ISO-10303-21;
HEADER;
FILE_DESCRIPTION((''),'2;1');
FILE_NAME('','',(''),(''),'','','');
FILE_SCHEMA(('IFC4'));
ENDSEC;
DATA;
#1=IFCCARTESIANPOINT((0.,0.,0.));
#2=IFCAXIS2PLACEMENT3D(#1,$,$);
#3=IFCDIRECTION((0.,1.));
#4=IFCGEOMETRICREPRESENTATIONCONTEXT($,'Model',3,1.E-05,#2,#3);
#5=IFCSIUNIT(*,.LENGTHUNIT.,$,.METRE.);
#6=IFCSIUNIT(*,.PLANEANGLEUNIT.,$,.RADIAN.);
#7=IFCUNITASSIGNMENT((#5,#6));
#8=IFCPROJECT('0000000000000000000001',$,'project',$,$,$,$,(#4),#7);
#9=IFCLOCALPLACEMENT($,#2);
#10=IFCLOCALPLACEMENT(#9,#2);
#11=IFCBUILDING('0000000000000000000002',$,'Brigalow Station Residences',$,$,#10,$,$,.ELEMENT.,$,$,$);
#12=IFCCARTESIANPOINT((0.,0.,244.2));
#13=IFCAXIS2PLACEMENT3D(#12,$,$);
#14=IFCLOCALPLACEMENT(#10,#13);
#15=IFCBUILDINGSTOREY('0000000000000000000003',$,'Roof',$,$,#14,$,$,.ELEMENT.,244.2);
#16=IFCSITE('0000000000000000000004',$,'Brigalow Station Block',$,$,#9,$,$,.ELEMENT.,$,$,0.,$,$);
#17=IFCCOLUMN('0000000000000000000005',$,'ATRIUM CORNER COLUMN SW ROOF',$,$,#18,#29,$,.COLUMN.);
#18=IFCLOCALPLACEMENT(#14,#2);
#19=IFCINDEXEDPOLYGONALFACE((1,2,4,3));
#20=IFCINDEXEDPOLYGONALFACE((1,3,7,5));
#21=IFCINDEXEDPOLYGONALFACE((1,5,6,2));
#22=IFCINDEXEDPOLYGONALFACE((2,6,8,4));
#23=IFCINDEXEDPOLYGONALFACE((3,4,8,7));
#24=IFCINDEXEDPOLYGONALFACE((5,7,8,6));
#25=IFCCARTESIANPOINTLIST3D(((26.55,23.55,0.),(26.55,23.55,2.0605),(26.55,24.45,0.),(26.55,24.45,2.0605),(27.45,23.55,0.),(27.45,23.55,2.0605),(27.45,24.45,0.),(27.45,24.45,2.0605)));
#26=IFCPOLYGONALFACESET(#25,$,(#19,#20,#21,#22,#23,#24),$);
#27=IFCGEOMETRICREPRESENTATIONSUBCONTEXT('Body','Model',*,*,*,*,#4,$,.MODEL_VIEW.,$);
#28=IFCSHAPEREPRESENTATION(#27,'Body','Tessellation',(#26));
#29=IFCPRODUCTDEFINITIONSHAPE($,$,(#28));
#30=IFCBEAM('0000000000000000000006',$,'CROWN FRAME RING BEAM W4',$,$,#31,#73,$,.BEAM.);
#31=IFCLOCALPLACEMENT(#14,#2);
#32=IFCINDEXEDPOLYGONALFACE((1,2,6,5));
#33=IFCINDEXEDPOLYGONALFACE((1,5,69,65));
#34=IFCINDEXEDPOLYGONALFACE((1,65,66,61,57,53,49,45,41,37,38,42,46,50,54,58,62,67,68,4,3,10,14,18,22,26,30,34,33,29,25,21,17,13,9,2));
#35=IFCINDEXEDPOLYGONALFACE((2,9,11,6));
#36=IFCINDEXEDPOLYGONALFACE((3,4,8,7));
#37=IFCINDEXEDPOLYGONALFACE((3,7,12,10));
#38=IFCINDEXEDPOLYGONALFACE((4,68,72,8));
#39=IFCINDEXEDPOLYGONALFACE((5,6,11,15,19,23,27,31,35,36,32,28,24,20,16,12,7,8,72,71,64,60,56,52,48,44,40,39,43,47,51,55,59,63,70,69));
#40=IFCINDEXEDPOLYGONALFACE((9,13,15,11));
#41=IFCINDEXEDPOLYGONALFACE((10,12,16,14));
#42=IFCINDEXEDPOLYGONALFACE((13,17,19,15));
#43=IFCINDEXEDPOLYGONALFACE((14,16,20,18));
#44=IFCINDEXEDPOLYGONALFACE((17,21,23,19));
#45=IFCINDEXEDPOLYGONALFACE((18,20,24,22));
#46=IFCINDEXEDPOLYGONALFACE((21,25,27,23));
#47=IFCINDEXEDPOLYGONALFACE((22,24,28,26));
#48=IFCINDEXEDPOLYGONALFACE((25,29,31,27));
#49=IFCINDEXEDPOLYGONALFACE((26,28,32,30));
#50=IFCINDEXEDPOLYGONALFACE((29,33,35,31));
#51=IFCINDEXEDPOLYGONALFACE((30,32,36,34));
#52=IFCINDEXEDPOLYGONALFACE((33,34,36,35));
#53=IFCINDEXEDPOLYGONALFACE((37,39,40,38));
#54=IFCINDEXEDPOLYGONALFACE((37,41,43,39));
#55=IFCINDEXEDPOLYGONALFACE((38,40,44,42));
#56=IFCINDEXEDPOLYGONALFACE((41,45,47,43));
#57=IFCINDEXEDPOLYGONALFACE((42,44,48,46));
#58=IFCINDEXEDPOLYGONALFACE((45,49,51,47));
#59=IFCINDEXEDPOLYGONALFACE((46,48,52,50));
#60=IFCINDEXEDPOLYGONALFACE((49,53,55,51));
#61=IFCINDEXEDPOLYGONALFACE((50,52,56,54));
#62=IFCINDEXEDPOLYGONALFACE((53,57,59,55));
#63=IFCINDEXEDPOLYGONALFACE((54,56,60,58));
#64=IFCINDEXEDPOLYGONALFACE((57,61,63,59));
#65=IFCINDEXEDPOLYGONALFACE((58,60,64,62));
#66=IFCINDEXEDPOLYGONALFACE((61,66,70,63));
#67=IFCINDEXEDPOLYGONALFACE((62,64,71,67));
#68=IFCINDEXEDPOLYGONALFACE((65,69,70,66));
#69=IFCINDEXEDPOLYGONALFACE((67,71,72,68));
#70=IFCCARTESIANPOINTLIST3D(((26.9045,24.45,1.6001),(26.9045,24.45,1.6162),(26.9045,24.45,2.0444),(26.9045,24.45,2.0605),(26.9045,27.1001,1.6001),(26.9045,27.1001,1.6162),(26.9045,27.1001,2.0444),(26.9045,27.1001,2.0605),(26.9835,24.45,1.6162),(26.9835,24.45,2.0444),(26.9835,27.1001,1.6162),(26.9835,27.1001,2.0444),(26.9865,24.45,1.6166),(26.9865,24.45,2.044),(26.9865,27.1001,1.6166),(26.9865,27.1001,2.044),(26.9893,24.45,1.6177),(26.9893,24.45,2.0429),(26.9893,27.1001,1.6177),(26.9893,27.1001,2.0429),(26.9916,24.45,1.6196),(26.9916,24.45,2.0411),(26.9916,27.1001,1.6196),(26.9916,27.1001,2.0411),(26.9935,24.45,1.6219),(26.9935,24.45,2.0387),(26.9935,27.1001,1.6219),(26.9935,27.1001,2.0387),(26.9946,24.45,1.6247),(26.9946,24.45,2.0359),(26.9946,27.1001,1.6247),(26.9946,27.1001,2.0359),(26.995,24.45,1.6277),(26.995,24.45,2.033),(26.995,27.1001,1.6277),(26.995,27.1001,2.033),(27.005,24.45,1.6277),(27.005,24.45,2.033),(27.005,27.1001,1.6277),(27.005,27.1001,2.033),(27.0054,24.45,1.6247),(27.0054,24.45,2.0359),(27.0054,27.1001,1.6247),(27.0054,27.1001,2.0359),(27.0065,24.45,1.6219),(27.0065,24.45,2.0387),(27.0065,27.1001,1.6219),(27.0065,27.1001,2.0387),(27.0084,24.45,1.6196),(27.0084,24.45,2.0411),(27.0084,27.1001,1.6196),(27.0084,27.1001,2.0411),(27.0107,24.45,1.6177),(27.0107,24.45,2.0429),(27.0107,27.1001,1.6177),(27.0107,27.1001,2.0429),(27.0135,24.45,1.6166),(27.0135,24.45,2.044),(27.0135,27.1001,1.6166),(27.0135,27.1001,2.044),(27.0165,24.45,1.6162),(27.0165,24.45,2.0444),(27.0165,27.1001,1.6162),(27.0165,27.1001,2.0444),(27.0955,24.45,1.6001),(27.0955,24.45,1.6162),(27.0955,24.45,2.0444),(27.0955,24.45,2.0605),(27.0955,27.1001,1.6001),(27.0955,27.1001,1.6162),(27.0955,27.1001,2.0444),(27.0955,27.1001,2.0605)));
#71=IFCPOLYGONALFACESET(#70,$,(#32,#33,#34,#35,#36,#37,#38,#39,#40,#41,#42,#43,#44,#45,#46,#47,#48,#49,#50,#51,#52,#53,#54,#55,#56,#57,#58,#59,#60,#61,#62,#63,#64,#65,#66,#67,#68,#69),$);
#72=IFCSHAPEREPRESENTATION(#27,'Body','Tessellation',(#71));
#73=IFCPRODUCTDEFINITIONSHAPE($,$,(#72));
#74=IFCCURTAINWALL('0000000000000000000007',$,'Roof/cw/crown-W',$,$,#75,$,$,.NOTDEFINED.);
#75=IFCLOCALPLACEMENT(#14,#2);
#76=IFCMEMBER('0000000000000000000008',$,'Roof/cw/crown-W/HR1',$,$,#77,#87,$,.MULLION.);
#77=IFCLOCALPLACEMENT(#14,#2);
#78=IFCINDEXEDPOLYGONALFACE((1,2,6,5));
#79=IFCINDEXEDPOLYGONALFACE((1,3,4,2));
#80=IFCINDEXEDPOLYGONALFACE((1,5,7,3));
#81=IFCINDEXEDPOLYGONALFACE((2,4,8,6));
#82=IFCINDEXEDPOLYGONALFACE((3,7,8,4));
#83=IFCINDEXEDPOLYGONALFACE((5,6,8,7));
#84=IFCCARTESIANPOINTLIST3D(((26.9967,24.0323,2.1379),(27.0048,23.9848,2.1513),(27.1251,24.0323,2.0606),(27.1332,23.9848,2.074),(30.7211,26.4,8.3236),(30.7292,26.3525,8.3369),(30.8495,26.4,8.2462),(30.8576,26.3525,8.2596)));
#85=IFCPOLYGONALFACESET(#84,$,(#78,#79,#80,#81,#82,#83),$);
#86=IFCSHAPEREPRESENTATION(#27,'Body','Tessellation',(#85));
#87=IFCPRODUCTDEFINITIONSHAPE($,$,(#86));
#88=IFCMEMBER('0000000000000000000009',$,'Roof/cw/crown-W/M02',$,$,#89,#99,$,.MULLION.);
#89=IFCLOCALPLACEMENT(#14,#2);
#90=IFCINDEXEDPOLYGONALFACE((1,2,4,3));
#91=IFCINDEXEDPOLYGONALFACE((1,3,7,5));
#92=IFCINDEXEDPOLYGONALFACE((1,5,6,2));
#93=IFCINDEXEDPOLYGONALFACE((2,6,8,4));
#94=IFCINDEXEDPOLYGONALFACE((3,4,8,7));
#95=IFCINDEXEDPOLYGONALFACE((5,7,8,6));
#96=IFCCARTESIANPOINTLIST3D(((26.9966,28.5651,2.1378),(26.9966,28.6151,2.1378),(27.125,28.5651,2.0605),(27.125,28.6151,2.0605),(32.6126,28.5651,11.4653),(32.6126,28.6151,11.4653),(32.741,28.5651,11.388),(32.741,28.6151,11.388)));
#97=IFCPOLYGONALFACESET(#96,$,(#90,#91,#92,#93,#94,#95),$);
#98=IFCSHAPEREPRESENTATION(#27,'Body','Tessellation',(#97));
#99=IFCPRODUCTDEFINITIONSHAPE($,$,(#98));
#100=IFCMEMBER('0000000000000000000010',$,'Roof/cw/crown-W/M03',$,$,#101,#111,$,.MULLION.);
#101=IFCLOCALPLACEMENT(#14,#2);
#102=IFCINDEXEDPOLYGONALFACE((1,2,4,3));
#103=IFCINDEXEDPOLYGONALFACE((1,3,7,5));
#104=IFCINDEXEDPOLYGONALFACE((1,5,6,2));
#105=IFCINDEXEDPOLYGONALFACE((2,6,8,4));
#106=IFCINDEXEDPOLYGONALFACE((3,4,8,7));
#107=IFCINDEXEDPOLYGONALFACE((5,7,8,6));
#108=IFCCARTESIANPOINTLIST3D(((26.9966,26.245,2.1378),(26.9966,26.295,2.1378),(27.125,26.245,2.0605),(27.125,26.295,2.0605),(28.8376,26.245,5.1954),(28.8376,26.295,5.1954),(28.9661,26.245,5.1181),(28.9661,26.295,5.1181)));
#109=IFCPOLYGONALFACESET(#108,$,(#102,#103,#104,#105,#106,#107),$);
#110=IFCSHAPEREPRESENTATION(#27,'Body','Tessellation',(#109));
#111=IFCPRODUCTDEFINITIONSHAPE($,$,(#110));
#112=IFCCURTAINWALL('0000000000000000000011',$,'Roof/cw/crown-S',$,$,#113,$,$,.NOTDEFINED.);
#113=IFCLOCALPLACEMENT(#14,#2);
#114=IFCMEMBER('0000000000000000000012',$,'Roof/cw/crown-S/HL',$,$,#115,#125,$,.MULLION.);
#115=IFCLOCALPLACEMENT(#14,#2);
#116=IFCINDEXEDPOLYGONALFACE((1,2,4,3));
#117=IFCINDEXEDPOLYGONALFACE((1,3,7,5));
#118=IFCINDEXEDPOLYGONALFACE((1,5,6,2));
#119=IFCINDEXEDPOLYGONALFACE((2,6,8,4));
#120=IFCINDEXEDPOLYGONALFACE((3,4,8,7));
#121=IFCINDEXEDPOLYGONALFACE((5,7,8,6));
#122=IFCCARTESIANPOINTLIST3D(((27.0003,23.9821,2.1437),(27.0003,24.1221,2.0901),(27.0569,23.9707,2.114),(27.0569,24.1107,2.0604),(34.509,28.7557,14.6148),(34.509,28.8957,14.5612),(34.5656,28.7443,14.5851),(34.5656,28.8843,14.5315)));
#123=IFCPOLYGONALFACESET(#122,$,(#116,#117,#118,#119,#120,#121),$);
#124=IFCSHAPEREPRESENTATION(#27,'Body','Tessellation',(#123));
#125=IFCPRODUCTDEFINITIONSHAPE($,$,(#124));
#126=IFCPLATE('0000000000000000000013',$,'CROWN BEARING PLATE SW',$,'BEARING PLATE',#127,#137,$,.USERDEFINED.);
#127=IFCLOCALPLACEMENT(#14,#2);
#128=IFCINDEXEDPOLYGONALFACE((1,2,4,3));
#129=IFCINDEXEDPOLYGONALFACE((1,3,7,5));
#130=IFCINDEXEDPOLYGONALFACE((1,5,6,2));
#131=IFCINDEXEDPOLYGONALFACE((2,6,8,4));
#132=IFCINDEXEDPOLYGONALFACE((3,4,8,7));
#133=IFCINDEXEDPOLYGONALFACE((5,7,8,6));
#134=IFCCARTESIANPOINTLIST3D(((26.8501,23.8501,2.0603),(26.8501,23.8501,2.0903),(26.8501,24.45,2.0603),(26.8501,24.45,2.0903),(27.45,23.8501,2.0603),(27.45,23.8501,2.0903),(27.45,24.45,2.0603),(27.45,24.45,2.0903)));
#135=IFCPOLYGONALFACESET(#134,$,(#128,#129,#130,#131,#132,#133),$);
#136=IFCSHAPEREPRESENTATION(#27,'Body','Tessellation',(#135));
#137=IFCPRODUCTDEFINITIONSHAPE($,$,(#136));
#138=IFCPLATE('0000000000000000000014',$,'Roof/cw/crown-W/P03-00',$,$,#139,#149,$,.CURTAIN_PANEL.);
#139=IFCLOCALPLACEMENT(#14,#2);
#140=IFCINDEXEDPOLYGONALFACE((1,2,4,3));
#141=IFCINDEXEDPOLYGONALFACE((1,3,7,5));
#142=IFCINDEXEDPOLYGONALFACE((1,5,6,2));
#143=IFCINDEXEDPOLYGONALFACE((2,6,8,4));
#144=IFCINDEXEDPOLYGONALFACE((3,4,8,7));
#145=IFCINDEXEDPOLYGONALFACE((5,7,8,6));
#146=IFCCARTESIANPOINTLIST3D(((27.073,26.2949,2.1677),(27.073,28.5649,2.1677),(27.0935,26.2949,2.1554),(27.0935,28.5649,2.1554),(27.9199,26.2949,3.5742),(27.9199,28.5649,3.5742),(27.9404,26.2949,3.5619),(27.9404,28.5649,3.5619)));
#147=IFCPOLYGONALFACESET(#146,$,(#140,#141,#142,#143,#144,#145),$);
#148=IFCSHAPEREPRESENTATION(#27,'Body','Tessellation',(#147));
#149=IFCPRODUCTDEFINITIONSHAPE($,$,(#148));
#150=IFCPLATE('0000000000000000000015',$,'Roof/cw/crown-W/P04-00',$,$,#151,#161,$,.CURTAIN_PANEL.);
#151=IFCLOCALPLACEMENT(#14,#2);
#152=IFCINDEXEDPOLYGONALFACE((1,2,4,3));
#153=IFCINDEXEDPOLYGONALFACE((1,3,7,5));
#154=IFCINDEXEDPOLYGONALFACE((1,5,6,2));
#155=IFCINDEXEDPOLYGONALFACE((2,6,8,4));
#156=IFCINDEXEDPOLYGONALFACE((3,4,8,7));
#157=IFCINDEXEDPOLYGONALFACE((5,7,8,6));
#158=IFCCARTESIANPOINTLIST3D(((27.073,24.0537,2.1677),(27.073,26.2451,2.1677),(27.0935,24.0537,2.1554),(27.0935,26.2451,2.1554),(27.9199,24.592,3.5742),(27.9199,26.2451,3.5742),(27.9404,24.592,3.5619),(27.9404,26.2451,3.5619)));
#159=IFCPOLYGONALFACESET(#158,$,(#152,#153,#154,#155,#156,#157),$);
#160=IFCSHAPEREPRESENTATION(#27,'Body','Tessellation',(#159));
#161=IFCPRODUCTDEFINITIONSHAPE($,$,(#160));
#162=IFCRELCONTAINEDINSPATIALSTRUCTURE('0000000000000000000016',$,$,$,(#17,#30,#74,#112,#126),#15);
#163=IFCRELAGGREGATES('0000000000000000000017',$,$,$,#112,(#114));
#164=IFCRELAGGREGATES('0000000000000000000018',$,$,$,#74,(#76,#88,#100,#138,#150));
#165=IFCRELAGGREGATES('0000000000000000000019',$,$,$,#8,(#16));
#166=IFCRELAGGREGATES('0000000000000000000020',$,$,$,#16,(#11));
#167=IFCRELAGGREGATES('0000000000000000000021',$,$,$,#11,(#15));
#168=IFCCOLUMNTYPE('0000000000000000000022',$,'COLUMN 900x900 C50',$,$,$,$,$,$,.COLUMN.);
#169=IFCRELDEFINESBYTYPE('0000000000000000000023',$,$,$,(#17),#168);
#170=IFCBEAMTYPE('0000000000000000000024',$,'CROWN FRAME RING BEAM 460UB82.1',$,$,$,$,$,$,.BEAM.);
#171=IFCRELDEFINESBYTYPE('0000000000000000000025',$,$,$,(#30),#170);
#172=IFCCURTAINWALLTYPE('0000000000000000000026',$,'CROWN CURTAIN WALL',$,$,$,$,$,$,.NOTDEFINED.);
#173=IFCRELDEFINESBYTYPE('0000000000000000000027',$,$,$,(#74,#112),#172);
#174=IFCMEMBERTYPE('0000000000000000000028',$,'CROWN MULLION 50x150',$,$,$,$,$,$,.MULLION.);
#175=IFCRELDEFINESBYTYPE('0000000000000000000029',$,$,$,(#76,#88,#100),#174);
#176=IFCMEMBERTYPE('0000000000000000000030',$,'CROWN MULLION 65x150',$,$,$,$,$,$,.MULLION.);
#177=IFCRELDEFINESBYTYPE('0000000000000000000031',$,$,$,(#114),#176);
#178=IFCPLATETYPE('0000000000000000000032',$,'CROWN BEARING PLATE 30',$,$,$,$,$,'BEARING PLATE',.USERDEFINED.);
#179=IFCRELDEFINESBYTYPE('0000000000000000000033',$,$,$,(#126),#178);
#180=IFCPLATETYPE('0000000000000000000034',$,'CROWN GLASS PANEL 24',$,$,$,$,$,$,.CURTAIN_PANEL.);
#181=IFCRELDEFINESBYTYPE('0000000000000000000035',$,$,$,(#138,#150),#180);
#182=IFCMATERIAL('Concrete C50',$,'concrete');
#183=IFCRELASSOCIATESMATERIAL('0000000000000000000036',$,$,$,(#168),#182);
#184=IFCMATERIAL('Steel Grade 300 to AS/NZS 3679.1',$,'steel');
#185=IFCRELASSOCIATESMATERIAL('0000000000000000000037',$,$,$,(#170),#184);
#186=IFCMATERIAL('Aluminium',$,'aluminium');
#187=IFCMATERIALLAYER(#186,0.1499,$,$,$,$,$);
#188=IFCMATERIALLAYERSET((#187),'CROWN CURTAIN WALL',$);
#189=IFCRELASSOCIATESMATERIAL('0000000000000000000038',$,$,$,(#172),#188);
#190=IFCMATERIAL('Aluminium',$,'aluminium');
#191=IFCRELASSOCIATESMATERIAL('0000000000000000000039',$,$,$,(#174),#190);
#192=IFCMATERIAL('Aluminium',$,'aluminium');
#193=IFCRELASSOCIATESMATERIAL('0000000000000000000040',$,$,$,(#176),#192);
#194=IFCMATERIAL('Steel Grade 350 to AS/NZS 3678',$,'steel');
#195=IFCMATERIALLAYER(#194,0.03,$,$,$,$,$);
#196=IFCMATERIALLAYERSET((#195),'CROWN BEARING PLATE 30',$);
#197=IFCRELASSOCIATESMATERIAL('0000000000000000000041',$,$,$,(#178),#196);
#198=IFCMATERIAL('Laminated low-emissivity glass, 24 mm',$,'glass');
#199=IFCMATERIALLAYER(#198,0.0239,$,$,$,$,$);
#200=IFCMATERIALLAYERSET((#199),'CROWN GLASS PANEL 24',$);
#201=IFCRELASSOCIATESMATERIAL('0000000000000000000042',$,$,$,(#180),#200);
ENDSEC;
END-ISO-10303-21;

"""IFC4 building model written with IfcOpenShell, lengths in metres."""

from ifc_helpers import new_model, si_unit, direction, frame, origin, origin_2d, place, context, subcontext, project, spatial, polyline, rectangle, i_section, outline, extrude, material, layer, layer_set, material_profile, profile_set, type_object, element, aggregate, save


model = new_model("IFC4")

# Units and contexts
model_context = context("Model", 3, precision=1e-05, world=origin(), true_north=direction((0.0, 1.0)))
body_context = subcontext(model_context, "Body", "Model", "MODEL_VIEW")
ifc_project = project(units=[si_unit("LENGTHUNIT", "METRE"), si_unit("PLANEANGLEUNIT", "RADIAN")], contexts=[model_context])

# Site, building, storey
site_placement = place(None, origin())
site = spatial("IfcSite", under=ifc_project, at=site_placement, Name="Brigalow Station Block", CompositionType="ELEMENT", RefElevation=0.0)
building_placement = place(site_placement, origin())
building = spatial("IfcBuilding", under=site, at=building_placement, Name="Brigalow Station Residences", CompositionType="ELEMENT")
storey_placement = place(building_placement, frame((0.0, 0.0, 244.2)))
storey = spatial("IfcBuildingStorey", under=building, at=storey_placement, Name="Roof", CompositionType="ELEMENT", Elevation=244.2)

# Column
ifc_material_1 = material(Name="Concrete C50", Category="concrete")
ifc_material_profile_1 = material_profile(ifc_material_1, rectangle(XDim=0.8999, YDim=0.8999, at=origin_2d()), Name="RC900x900")
ifc_profile_set_1 = profile_set([ifc_material_profile_1], Name="Concrete C50")
column_type = type_object("IfcColumnType", Name="COLUMN 900x900 C50", PredefinedType="COLUMN", material=ifc_profile_set_1)
column_placement = place(storey_placement, frame((27.0, 24.0, 0.0), z_axis=(0.0, 0.0, 1.0), x_axis=(1.0, 0.0, 0.0)))
element("IfcColumn", 1, at=column_placement, inside=storey, type_object=column_type, Name="ATRIUM CORNER COLUMN SW ROOF", PredefinedType="COLUMN", context=body_context, shape_type="SweptSolid", body=[
    extrude(rectangle(XDim=0.8999, YDim=0.8999, at=origin_2d()), origin(), (0.0, 0.0, 1.0), 2.0605),
])

# Beam
ifc_material_2 = material(Name="Steel Grade 300 to AS/NZS 3679.1", Category="steel")
ifc_material_profile_2 = material_profile(ifc_material_2, i_section(OverallWidth=0.1909, OverallDepth=0.4604, WebThickness=0.01, FlangeThickness=0.0161, FilletRadius=0.0115, at=origin_2d()), Name="460UB82.1")
ifc_profile_set_2 = profile_set([ifc_material_profile_2], Name="Steel Grade 300 to AS/NZS 3679.1")
beam_type = type_object("IfcBeamType", Name="CROWN FRAME RING BEAM 460UB82.1", PredefinedType="BEAM", material=ifc_profile_set_2)
beam_placement = place(storey_placement, frame((27.0, 27.1001, 1.8303), z_axis=(0.0, -1.0, 0.0), x_axis=(1.0, 0.0, 0.0)))
element("IfcBeam", 2, at=beam_placement, inside=storey, type_object=beam_type, Name="CROWN FRAME RING BEAM W4", PredefinedType="BEAM", context=body_context, shape_type="SweptSolid", body=[
    extrude(i_section(OverallWidth=0.1909, OverallDepth=0.4604, WebThickness=0.01, FlangeThickness=0.0161, FilletRadius=0.0115, at=origin_2d()), origin(), (0.0, 0.0, 1.0), 2.6501),
])

# Curtain wall, members
ifc_material_3 = material(Name="Aluminium", Category="aluminium")
ifc_layer_1 = layer(ifc_material_3, 0.1499)
ifc_layer_set_1 = layer_set([ifc_layer_1], Name="CROWN CURTAIN WALL")
curtain_wall_type = type_object("IfcCurtainWallType", Name="CROWN CURTAIN WALL", PredefinedType="NOTDEFINED", material=ifc_layer_set_1)
curtain_wall_1_placement = place(storey_placement, origin())
curtain_wall_1 = element("IfcCurtainWall", 3, at=curtain_wall_1_placement, inside=storey, type_object=curtain_wall_type, Name="Roof/cw/crown-W", PredefinedType="NOTDEFINED")
ifc_material_4 = material(Name="Aluminium", Category="aluminium")
ifc_material_profile_3 = material_profile(ifc_material_4, rectangle(XDim=0.05, YDim=0.1499, at=origin_2d()), Name="CROWN MULLION 50x150")
ifc_profile_set_3 = profile_set([ifc_material_profile_3], Name="Aluminium")
member_type_1 = type_object("IfcMemberType", Name="CROWN MULLION 50x150", PredefinedType="MULLION", material=ifc_profile_set_3)
member_1_placement = place(storey_placement, frame((27.0649, 24.0085, 2.106), z_axis=(0.490142, 0.311596, 0.814044), x_axis=(-0.160707, 0.950215, -0.266956)))
member_1 = element("IfcMember", 4, at=member_1_placement, type_object=member_type_1, Name="Roof/cw/crown-W/HR1", PredefinedType="MULLION", context=body_context, shape_type="SweptSolid", body=[
    extrude(rectangle(XDim=0.05, YDim=0.1499, at=origin_2d()), origin(), (0.0, 0.0, 1.0), 7.5986),
])
member_2_placement = place(storey_placement, frame((27.0608, 28.5901, 2.0991), z_axis=(0.515814, 0.0, 0.8567), x_axis=(0.0, 1.0, 0.0)))
member_2 = element("IfcMember", 5, at=member_2_placement, type_object=member_type_1, Name="Roof/cw/crown-W/M02", PredefinedType="MULLION", context=body_context, shape_type="SweptSolid", body=[
    extrude(rectangle(XDim=0.05, YDim=0.1499, at=origin_2d()), origin(), (0.0, 0.0, 1.0), 10.8877),
])
member_3_placement = place(storey_placement, frame((27.0608, 26.27, 2.0991), z_axis=(0.515833, 0.0, 0.856689), x_axis=(0.0, 1.0, 0.0)))
member_3 = element("IfcMember", 6, at=member_3_placement, type_object=member_type_1, Name="Roof/cw/crown-W/M03", PredefinedType="MULLION", context=body_context, shape_type="SweptSolid", body=[
    extrude(rectangle(XDim=0.05, YDim=0.1499, at=origin_2d()), origin(), (0.0, 0.0, 1.0), 3.5691),
])

# Curtain wall, member
curtain_wall_2_placement = place(storey_placement, origin())
curtain_wall_2 = element("IfcCurtainWall", 7, at=curtain_wall_2_placement, inside=storey, type_object=curtain_wall_type, Name="Roof/cw/crown-S", PredefinedType="NOTDEFINED")
ifc_material_5 = material(Name="Aluminium", Category="aluminium")
ifc_material_profile_4 = material_profile(ifc_material_5, rectangle(XDim=0.0649, YDim=0.1499, at=origin_2d()), Name="CROWN MULLION 65x150")
ifc_profile_set_4 = profile_set([ifc_material_profile_4], Name="Aluminium")
member_type_2 = type_object("IfcMemberType", Name="CROWN MULLION 65x150", PredefinedType="MULLION", material=ifc_profile_set_4)
member_4_placement = place(storey_placement, frame((27.0286, 24.0464, 2.1021), z_axis=(0.490132, 0.311599, 0.81405), x_axis=(-0.871648, 0.175226, 0.457739)))
member_4 = element("IfcMember", 8, at=member_4_placement, type_object=member_type_2, Name="Roof/cw/crown-S/HL", PredefinedType="MULLION", context=body_context, shape_type="SweptSolid", body=[
    extrude(rectangle(XDim=0.0649, YDim=0.1499, at=origin_2d()), origin(), (0.0, 0.0, 1.0), 15.3198),
])
aggregate(curtain_wall_2, [member_4])

# Plates
ifc_material_6 = material(Name="Steel Grade 350 to AS/NZS 3678", Category="steel")
ifc_layer_2 = layer(ifc_material_6, 0.03)
ifc_layer_set_2 = layer_set([ifc_layer_2], Name="CROWN BEARING PLATE 30")
plate_type_1 = type_object("IfcPlateType", Name="CROWN BEARING PLATE 30", ElementType="BEARING PLATE", PredefinedType="USERDEFINED", material=ifc_layer_set_2)
plate_1_placement = place(storey_placement, frame((26.8501, 23.8501, 2.0903), z_axis=(0.0, 0.0, 1.0), x_axis=(1.0, 0.0, 0.0)))
element("IfcPlate", 9, at=plate_1_placement, inside=storey, type_object=plate_type_1, Name="CROWN BEARING PLATE SW", ObjectType="BEARING PLATE", PredefinedType="USERDEFINED", context=body_context, shape_type="SweptSolid", body=[
    extrude(outline(polyline([(0.0, 0.0), (0.5999, 0.0), (0.5999, 0.5999), (0.0, 0.5999), (0.0, 0.0)])), origin(), (0.0, 0.0, -1.0), 0.03),
])
ifc_material_7 = material(Name="Laminated low-emissivity glass, 24 mm", Category="glass")
ifc_layer_3 = layer(ifc_material_7, 0.0239)
ifc_layer_set_3 = layer_set([ifc_layer_3], Name="CROWN GLASS PANEL 24")
plate_type_2 = type_object("IfcPlateType", Name="CROWN GLASS PANEL 24", PredefinedType="CURTAIN_PANEL", material=ifc_layer_set_3)
plate_2_placement = place(storey_placement, frame((27.073, 28.5649, 2.1677), z_axis=(-0.856678, 0.0, 0.515851), x_axis=(0.0, -1.0, 0.0)))
plate_2 = element("IfcPlate", 10, at=plate_2_placement, type_object=plate_type_2, Name="Roof/cw/crown-W/P03-00", PredefinedType="CURTAIN_PANEL", context=body_context, shape_type="SweptSolid", body=[
    extrude(outline(polyline([(0.0, 0.0), (2.27, 0.0), (2.27, 1.6418), (0.0, 1.6418), (0.0, 0.0)])), origin(), (0.0, 0.0, -1.0), 0.0239),
])
plate_3_placement = place(storey_placement, frame((27.073, 26.2451, 2.1677), z_axis=(-0.856678, 0.0, 0.515851), x_axis=(0.0, -1.0, 0.0)))
plate_3 = element("IfcPlate", 11, at=plate_3_placement, type_object=plate_type_2, Name="Roof/cw/crown-W/P04-00", PredefinedType="CURTAIN_PANEL", context=body_context, shape_type="SweptSolid", body=[
    extrude(outline(polyline([(0.0, 0.0), (2.1914, 0.0), (1.6531, 1.6418), (0.0, 1.6418), (0.0, 0.0)])), origin(), (0.0, 0.0, -1.0), 0.0239),
])
aggregate(curtain_wall_1, [member_1, member_2, member_3, plate_2, plate_3])

save(model, "model.ifc")
